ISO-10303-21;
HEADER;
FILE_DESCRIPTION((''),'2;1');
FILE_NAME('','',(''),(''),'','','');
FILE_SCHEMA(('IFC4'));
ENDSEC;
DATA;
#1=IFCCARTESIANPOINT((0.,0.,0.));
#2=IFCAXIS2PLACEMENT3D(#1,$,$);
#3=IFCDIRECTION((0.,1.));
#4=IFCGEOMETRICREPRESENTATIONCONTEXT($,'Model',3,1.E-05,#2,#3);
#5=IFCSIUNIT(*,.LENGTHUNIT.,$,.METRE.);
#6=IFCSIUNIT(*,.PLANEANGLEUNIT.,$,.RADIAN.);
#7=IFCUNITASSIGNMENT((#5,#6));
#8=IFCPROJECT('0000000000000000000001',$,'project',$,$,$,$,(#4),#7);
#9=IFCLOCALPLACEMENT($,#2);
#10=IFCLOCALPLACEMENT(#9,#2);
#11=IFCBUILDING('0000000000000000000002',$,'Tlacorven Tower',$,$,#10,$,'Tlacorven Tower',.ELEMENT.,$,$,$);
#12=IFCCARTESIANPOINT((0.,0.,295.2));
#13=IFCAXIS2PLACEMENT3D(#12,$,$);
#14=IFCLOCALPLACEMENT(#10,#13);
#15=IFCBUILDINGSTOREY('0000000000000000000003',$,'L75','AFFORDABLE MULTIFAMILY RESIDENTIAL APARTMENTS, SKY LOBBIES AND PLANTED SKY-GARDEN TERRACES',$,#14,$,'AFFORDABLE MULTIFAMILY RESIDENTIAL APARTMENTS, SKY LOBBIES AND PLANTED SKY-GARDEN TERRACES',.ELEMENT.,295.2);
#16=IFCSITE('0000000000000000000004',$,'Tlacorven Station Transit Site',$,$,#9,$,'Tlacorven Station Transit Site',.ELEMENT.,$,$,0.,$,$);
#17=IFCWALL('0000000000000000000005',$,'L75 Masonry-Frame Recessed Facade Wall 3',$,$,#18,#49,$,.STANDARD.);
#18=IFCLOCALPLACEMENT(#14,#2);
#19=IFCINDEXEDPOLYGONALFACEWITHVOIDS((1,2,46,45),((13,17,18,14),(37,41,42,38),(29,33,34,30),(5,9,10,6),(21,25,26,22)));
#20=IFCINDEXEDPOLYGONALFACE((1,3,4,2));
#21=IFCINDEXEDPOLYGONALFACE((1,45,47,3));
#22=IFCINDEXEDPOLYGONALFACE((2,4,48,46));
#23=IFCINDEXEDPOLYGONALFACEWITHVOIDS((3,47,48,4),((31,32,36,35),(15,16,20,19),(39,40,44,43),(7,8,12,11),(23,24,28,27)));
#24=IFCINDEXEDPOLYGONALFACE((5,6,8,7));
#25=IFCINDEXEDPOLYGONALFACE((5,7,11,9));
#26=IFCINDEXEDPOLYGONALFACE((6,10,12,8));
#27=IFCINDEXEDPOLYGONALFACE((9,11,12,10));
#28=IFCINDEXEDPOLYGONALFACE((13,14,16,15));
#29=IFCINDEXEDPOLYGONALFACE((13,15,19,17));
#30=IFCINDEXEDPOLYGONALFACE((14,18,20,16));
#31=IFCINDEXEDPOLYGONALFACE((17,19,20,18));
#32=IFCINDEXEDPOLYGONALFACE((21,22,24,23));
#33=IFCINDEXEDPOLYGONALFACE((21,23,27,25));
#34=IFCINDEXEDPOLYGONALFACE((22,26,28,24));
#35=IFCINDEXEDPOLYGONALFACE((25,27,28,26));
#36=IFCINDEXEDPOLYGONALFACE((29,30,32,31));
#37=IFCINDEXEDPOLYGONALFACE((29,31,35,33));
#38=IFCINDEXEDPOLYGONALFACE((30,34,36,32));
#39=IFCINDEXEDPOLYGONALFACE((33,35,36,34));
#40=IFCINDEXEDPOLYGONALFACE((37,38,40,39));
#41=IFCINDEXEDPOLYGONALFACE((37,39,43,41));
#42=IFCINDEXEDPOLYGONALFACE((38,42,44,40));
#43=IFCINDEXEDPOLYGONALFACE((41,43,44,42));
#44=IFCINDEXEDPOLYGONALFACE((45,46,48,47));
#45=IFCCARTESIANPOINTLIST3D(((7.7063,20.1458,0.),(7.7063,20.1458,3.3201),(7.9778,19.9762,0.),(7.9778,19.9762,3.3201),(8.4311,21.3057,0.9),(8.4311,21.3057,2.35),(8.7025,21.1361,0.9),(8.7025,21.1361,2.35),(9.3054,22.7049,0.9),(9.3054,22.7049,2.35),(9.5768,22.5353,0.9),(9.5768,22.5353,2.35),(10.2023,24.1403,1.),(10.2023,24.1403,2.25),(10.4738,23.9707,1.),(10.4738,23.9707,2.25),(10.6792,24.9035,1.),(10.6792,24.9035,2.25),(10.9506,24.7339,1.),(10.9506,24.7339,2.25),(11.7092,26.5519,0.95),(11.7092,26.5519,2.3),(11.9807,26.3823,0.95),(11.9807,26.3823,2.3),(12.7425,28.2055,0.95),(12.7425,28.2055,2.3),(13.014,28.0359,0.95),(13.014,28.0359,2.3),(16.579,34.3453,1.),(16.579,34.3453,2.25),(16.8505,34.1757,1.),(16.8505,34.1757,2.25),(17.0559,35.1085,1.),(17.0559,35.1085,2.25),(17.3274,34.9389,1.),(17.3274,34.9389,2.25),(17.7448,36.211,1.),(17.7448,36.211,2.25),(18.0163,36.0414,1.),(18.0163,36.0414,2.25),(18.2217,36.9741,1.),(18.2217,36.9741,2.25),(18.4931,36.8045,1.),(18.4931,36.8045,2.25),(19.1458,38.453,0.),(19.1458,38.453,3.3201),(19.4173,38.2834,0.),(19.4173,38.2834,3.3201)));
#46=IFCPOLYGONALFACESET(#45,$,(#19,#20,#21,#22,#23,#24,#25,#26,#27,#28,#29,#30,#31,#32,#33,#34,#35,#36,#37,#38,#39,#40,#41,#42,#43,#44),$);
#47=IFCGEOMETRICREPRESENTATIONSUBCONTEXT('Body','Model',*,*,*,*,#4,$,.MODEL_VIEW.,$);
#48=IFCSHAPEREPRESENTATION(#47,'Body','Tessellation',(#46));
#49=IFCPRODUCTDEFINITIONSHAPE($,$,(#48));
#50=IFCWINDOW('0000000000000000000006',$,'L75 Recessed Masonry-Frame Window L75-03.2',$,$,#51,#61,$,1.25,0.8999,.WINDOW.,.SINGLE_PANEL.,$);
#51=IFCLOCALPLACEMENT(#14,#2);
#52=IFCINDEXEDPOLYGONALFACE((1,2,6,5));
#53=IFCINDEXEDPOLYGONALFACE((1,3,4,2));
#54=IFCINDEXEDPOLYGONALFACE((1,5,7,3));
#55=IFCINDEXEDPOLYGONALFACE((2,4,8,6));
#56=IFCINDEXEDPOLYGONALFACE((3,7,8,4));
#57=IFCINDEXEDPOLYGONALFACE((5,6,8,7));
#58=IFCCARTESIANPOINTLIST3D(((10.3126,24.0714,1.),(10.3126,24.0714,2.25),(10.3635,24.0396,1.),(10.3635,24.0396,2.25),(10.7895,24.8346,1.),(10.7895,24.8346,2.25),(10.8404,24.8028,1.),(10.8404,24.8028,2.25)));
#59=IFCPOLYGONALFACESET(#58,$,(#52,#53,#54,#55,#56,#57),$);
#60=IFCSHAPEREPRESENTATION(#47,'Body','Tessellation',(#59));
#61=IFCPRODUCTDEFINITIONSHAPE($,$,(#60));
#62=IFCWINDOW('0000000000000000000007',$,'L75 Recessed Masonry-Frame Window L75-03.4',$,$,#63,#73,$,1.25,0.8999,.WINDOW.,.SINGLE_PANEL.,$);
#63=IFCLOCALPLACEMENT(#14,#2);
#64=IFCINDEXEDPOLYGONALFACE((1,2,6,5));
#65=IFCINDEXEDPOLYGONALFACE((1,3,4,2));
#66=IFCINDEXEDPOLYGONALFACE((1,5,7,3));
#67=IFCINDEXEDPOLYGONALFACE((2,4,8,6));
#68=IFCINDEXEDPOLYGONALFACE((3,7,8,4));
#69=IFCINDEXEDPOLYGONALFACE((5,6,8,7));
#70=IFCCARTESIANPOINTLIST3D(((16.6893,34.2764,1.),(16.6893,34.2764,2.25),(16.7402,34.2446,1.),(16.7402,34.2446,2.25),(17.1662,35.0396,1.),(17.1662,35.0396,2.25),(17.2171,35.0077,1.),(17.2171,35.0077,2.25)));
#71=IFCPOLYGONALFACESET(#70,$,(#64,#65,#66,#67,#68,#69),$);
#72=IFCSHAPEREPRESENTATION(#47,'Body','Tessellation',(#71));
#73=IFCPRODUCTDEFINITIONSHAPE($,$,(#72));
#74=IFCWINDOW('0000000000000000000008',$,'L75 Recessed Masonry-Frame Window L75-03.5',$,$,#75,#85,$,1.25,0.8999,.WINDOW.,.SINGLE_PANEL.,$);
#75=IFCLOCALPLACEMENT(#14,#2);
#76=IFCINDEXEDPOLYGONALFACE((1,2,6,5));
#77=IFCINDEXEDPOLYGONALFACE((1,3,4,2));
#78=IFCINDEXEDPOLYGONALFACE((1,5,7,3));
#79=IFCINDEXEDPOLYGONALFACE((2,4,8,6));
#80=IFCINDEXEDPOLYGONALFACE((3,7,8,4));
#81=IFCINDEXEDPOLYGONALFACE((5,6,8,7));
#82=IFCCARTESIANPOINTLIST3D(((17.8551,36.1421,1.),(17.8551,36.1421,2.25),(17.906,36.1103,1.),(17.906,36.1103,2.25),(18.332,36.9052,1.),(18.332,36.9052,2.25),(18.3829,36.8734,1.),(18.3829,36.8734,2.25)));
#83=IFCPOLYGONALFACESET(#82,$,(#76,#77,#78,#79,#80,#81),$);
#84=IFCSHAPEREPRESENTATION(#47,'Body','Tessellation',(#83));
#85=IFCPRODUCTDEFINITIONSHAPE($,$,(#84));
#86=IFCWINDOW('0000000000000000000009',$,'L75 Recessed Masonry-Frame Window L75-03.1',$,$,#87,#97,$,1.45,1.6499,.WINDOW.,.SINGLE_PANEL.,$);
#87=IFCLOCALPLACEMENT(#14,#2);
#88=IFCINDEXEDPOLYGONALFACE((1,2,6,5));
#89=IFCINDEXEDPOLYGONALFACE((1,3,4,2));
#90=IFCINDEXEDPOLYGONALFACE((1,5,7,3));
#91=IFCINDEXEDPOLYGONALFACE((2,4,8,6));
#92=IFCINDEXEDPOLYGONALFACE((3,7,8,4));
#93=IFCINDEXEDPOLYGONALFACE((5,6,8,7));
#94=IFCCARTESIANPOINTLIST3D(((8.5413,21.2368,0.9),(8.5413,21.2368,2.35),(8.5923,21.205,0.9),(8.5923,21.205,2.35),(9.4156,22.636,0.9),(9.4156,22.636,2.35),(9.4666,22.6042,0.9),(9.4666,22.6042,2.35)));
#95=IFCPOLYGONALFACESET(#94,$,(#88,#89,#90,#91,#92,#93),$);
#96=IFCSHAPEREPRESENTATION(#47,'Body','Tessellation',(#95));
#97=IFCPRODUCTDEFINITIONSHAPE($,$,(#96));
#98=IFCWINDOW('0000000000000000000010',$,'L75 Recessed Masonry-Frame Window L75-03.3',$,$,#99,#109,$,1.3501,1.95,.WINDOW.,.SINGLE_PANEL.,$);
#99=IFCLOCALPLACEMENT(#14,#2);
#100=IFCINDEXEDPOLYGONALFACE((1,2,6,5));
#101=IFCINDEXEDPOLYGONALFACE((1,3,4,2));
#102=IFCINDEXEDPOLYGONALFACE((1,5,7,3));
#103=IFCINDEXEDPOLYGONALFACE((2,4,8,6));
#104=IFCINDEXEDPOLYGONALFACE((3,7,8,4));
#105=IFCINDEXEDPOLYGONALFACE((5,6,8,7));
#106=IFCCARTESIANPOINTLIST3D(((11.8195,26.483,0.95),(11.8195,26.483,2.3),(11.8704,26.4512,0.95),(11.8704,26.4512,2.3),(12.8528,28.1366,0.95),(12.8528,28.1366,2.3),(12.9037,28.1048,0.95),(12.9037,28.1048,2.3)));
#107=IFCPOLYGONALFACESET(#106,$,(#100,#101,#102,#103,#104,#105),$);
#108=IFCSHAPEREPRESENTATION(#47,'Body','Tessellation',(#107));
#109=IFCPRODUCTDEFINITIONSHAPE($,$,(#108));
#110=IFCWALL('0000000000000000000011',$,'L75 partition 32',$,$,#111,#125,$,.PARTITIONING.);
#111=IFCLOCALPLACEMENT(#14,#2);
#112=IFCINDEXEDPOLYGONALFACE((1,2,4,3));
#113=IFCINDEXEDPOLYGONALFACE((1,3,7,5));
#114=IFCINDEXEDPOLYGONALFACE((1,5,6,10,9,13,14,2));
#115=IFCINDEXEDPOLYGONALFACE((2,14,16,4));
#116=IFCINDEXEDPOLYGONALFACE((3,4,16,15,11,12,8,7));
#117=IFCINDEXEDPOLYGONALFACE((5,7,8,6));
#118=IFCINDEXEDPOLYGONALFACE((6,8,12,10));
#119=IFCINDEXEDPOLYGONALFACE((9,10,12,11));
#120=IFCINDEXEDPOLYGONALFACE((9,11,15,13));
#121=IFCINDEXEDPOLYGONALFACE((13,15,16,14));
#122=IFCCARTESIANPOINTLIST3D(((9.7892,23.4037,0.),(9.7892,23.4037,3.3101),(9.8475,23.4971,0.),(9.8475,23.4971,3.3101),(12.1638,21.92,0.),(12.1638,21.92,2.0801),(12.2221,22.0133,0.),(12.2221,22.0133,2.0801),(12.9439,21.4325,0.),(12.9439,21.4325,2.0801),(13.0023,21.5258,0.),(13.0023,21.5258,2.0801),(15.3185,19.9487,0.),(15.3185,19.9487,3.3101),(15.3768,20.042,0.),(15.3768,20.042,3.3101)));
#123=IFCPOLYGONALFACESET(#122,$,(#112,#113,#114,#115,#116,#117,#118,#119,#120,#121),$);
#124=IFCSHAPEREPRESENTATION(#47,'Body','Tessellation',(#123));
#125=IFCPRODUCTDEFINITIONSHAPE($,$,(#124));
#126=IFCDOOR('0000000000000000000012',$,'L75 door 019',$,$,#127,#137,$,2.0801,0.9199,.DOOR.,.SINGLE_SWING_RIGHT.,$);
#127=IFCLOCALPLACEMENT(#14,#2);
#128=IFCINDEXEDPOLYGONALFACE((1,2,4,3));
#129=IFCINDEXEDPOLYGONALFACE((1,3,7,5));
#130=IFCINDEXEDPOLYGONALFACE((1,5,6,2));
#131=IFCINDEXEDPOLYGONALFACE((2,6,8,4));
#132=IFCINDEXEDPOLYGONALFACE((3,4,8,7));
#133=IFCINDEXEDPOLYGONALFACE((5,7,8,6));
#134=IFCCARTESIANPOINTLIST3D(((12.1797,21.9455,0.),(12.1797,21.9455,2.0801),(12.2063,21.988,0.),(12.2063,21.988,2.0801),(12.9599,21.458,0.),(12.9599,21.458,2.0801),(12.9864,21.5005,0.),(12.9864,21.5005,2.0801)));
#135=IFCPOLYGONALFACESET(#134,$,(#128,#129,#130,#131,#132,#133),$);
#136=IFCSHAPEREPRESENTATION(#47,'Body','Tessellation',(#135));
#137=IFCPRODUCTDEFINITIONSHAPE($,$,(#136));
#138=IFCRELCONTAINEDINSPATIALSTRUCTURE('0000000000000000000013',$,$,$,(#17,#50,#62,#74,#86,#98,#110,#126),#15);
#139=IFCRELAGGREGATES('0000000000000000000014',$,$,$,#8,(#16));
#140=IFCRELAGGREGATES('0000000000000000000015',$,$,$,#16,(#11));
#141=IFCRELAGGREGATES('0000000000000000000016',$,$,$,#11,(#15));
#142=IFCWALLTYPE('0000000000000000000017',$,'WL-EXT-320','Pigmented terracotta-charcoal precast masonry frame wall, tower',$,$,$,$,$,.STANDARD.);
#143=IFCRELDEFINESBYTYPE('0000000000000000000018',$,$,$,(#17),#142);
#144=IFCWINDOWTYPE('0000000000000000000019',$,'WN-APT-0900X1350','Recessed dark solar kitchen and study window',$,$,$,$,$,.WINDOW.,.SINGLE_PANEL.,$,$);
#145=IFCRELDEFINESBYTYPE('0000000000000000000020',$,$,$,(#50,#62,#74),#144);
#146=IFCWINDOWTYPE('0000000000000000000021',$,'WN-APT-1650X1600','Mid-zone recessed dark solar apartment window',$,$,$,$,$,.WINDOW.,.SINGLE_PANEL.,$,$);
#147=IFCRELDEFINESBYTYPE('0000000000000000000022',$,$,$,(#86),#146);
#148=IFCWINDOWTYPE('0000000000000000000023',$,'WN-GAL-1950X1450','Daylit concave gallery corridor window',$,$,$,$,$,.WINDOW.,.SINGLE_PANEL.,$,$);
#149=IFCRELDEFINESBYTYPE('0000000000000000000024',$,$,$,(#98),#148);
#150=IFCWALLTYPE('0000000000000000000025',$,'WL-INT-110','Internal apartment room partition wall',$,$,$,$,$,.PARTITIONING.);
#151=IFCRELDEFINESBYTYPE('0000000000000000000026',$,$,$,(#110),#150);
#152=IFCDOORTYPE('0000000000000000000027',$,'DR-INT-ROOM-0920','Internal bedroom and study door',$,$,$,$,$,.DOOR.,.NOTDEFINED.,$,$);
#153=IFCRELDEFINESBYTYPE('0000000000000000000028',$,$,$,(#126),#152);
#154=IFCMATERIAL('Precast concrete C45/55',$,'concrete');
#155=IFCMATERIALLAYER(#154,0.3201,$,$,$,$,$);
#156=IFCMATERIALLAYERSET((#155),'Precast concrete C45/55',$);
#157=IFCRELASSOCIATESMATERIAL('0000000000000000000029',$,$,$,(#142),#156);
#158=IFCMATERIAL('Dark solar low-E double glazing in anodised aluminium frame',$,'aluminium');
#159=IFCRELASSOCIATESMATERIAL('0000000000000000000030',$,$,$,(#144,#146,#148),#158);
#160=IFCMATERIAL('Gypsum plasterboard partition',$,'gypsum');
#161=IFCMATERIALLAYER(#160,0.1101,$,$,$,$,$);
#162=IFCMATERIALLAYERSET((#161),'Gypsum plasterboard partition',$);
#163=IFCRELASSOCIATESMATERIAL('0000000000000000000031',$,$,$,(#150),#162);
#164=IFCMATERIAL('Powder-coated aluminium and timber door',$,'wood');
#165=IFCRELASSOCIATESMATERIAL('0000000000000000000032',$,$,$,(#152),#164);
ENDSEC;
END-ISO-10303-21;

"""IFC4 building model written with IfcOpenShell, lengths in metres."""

from ifc_helpers import new_model, si_unit, direction, frame, frame_2d, origin, place, context, subcontext, project, spatial, rectangle, extrude, source, transform, mapped, material, layer, layer_set, type_object, element, fill, save


model = new_model("IFC4")

# Units and contexts
model_context = context("Model", 3, precision=1e-05, world=origin(), true_north=direction((0.0, 1.0)))
body_context = subcontext(model_context, "Body", "Model", "MODEL_VIEW")
ifc_project = project(units=[si_unit("LENGTHUNIT", "METRE"), si_unit("PLANEANGLEUNIT", "RADIAN")], contexts=[model_context])

# Site, building, storey
site_placement = place(None, origin())
site = spatial("IfcSite", under=ifc_project, at=site_placement, Name="Tlacorven Station Transit Site", LongName="Tlacorven Station Transit Site", CompositionType="ELEMENT", RefElevation=0.0)
building_placement = place(site_placement, origin())
building = spatial("IfcBuilding", under=site, at=building_placement, Name="Tlacorven Tower", LongName="Tlacorven Tower", CompositionType="ELEMENT")
storey_placement = place(building_placement, frame((0.0, 0.0, 295.2)))
storey = spatial("IfcBuildingStorey", under=building, at=storey_placement, Name="L75", Description="AFFORDABLE MULTIFAMILY RESIDENTIAL APARTMENTS, SKY LOBBIES AND PLANTED SKY-GARDEN TERRACES", LongName="AFFORDABLE MULTIFAMILY RESIDENTIAL APARTMENTS, SKY LOBBIES AND PLANTED SKY-GARDEN TERRACES", CompositionType="ELEMENT", Elevation=295.2)

# Wall, openings, windows
ifc_material_1 = material(Name="Precast concrete C45/55", Category="concrete")
ifc_layer_1 = layer(ifc_material_1, 0.3201)
ifc_layer_set_1 = layer_set([ifc_layer_1], Name="Precast concrete C45/55")
wall_type_1 = type_object("IfcWallType", Name="WL-EXT-320", Description="Pigmented terracotta-charcoal precast masonry frame wall, tower", PredefinedType="STANDARD", material=ifc_layer_set_1)
wall_1_placement = place(storey_placement, frame((7.842, 20.061, 0.0), z_axis=(0.0, 0.0, 1.0), x_axis=(0.529916, 0.84805, 0.0)))
wall_1 = element("IfcWall", 1, at=wall_1_placement, inside=storey, type_object=wall_type_1, Name="L75 Masonry-Frame Recessed Facade Wall 3", PredefinedType="STANDARD", context=body_context, shape_type="SweptSolid", body=[
    extrude(rectangle(XDim=21.5874, YDim=0.3201, at=frame_2d((10.7937, 0.0))), origin(), (0.0, 0.0, 1.0), 3.3201),
])
opening_1_placement = place(wall_1_placement, frame((1.3677, 0.0, 0.8999)))
opening_1 = element("IfcOpeningElement", 2, at=opening_1_placement, cuts=wall_1, PredefinedType="OPENING", context=body_context, shape_type="SweptSolid", body=[
    extrude(rectangle(XDim=1.6499, YDim=1.45, at=frame_2d((0.825, 0.7251))), frame((0.0, 0.1699, 0.0), z_axis=(0.0, -1.0, 0.0), x_axis=(1.0, 0.0, 0.0)), (0.0, 0.0, 1.0), 0.3401),
])
opening_2_placement = place(wall_1_placement, frame((4.7102, 0.0, 1.0)))
opening_2 = element("IfcOpeningElement", 3, at=opening_2_placement, cuts=wall_1, PredefinedType="OPENING", context=body_context, shape_type="SweptSolid", body=[
    extrude(rectangle(XDim=0.8999, YDim=1.25, at=frame_2d((0.45, 0.625))), frame((0.0, 0.1699, 0.0), z_axis=(0.0, -1.0, 0.0), x_axis=(1.0, 0.0, 0.0)), (0.0, 0.0, 1.0), 0.3401),
])
opening_3_placement = place(wall_1_placement, frame((7.5537, 0.0, 0.95)))
opening_3 = element("IfcOpeningElement", 4, at=opening_3_placement, cuts=wall_1, PredefinedType="OPENING", context=body_context, shape_type="SweptSolid", body=[
    extrude(rectangle(XDim=1.95, YDim=1.3501, at=frame_2d((0.9751, 0.675))), frame((0.0, 0.1699, 0.0), z_axis=(0.0, -1.0, 0.0), x_axis=(1.0, 0.0, 0.0)), (0.0, 0.0, 1.0), 0.3401),
])
opening_4_placement = place(wall_1_placement, frame((16.7437, 0.0, 1.0)))
opening_4 = element("IfcOpeningElement", 5, at=opening_4_placement, cuts=wall_1, PredefinedType="OPENING", context=body_context, shape_type="SweptSolid", body=[
    extrude(rectangle(XDim=0.8999, YDim=1.25, at=frame_2d((0.45, 0.625))), frame((0.0, 0.1699, 0.0), z_axis=(0.0, -1.0, 0.0), x_axis=(1.0, 0.0, 0.0)), (0.0, 0.0, 1.0), 0.3401),
])
opening_5_placement = place(wall_1_placement, frame((18.9436, 0.0, 1.0)))
opening_5 = element("IfcOpeningElement", 6, at=opening_5_placement, cuts=wall_1, PredefinedType="OPENING", context=body_context, shape_type="SweptSolid", body=[
    extrude(rectangle(XDim=0.8999, YDim=1.25, at=frame_2d((0.45, 0.625))), frame((0.0, 0.1699, 0.0), z_axis=(0.0, -1.0, 0.0), x_axis=(1.0, 0.0, 0.0)), (0.0, 0.0, 1.0), 0.3401),
])
ifc_material_2 = material(Name="Dark solar low-E double glazing in anodised aluminium frame", Category="aluminium")
window_type_1 = type_object("IfcWindowType", Name="WN-APT-0900X1350", Description="Recessed dark solar kitchen and study window", PartitioningType="SINGLE_PANEL", PredefinedType="WINDOW", material=ifc_material_2)
shared_shape_1 = source(origin(), body_context, "Body", "SweptSolid", [
    extrude(rectangle(XDim=0.8999, YDim=1.25, at=frame_2d((0.45, 0.625))), frame((0.0, 0.03, 0.0), z_axis=(0.0, -1.0, 0.0), x_axis=(1.0, 0.0, 0.0)), (0.0, 0.0, 1.0), 0.0601),
])
window_1_placement = place(opening_2_placement, origin())
window_1 = element("IfcWindow", 7, at=window_1_placement, inside=storey, type_object=window_type_1, Name="L75 Recessed Masonry-Frame Window L75-03.2", OverallHeight=1.25, OverallWidth=0.8999, PartitioningType="SINGLE_PANEL", PredefinedType="WINDOW", context=body_context, shape_type="MappedRepresentation", body=[
    mapped(shared_shape_1, transform((0.0, 0.0, 0.0), scale=1.0)),
])
fill(opening_2, window_1)
window_2_placement = place(opening_4_placement, origin())
window_2 = element("IfcWindow", 8, at=window_2_placement, inside=storey, type_object=window_type_1, Name="L75 Recessed Masonry-Frame Window L75-03.4", OverallHeight=1.25, OverallWidth=0.8999, PartitioningType="SINGLE_PANEL", PredefinedType="WINDOW", context=body_context, shape_type="MappedRepresentation", body=[
    mapped(shared_shape_1, transform((0.0, 0.0, 0.0), scale=1.0)),
])
fill(opening_4, window_2)
window_3_placement = place(opening_5_placement, origin())
window_3 = element("IfcWindow", 9, at=window_3_placement, inside=storey, type_object=window_type_1, Name="L75 Recessed Masonry-Frame Window L75-03.5", OverallHeight=1.25, OverallWidth=0.8999, PartitioningType="SINGLE_PANEL", PredefinedType="WINDOW", context=body_context, shape_type="MappedRepresentation", body=[
    mapped(shared_shape_1, transform((0.0, 0.0, 0.0), scale=1.0)),
])
fill(opening_5, window_3)
window_type_2 = type_object("IfcWindowType", Name="WN-APT-1650X1600", Description="Mid-zone recessed dark solar apartment window", PartitioningType="SINGLE_PANEL", PredefinedType="WINDOW", material=ifc_material_2)
shared_shape_2 = source(origin(), body_context, "Body", "SweptSolid", [
    extrude(rectangle(XDim=1.6499, YDim=1.45, at=frame_2d((0.825, 0.7251))), frame((0.0, 0.03, 0.0), z_axis=(0.0, -1.0, 0.0), x_axis=(1.0, 0.0, 0.0)), (0.0, 0.0, 1.0), 0.0601),
])
window_4_placement = place(opening_1_placement, origin())
window_4 = element("IfcWindow", 10, at=window_4_placement, inside=storey, type_object=window_type_2, Name="L75 Recessed Masonry-Frame Window L75-03.1", OverallHeight=1.45, OverallWidth=1.6499, PartitioningType="SINGLE_PANEL", PredefinedType="WINDOW", context=body_context, shape_type="MappedRepresentation", body=[
    mapped(shared_shape_2, transform((0.0, 0.0, 0.0), scale=1.0)),
])
fill(opening_1, window_4)
window_type_3 = type_object("IfcWindowType", Name="WN-GAL-1950X1450", Description="Daylit concave gallery corridor window", PartitioningType="SINGLE_PANEL", PredefinedType="WINDOW", material=ifc_material_2)
shared_shape_3 = source(origin(), body_context, "Body", "SweptSolid", [
    extrude(rectangle(XDim=1.95, YDim=1.3501, at=frame_2d((0.9751, 0.675))), frame((0.0, 0.03, 0.0), z_axis=(0.0, -1.0, 0.0), x_axis=(1.0, 0.0, 0.0)), (0.0, 0.0, 1.0), 0.0601),
])
window_5_placement = place(opening_3_placement, origin())
window_5 = element("IfcWindow", 11, at=window_5_placement, inside=storey, type_object=window_type_3, Name="L75 Recessed Masonry-Frame Window L75-03.3", OverallHeight=1.3501, OverallWidth=1.95, PartitioningType="SINGLE_PANEL", PredefinedType="WINDOW", context=body_context, shape_type="MappedRepresentation", body=[
    mapped(shared_shape_3, transform((0.0, 0.0, 0.0), scale=1.0)),
])
fill(opening_3, window_5)

# Wall, opening, door
ifc_material_3 = material(Name="Gypsum plasterboard partition", Category="gypsum")
ifc_layer_2 = layer(ifc_material_3, 0.1101)
ifc_layer_set_2 = layer_set([ifc_layer_2], Name="Gypsum plasterboard partition")
wall_type_2 = type_object("IfcWallType", Name="WL-INT-110", Description="Internal apartment room partition wall", PredefinedType="PARTITIONING", material=ifc_layer_set_2)
wall_2_placement = place(storey_placement, frame((15.3477, 19.9954, 0.0), z_axis=(0.0, 0.0, 1.0), x_axis=(-0.848049, 0.529918, 0.0)))
wall_2 = element("IfcWall", 12, at=wall_2_placement, inside=storey, type_object=wall_type_2, Name="L75 partition 32", PredefinedType="PARTITIONING", context=body_context, shape_type="SweptSolid", body=[
    extrude(rectangle(XDim=6.52, YDim=0.1101, at=frame_2d((3.26, 0.0))), origin(), (0.0, 0.0, 1.0), 3.3101),
])
opening_6_placement = place(wall_2_placement, frame((2.8, 0.0, 0.0)))
opening_6 = element("IfcOpeningElement", 13, at=opening_6_placement, cuts=wall_2, PredefinedType="OPENING", context=body_context, shape_type="SweptSolid", body=[
    extrude(rectangle(XDim=0.9199, YDim=2.0801, at=frame_2d((0.46, 1.04))), frame((0.0, 0.0649, 0.0), z_axis=(0.0, -1.0, 0.0), x_axis=(1.0, 0.0, 0.0)), (0.0, 0.0, 1.0), 0.1301),
])
ifc_material_4 = material(Name="Powder-coated aluminium and timber door", Category="wood")
door_type = type_object("IfcDoorType", Name="DR-INT-ROOM-0920", Description="Internal bedroom and study door", OperationType="NOTDEFINED", PredefinedType="DOOR", material=ifc_material_4)
shared_shape_4 = source(origin(), body_context, "Body", "SweptSolid", [
    extrude(rectangle(XDim=0.9199, YDim=2.0801, at=frame_2d((0.46, 1.04))), frame((0.0, 0.0249, 0.0), z_axis=(0.0, -1.0, 0.0), x_axis=(1.0, 0.0, 0.0)), (0.0, 0.0, 1.0), 0.05),
])
door_placement = place(opening_6_placement, origin())
door = element("IfcDoor", 14, at=door_placement, inside=storey, type_object=door_type, Name="L75 door 019", OperationType="SINGLE_SWING_RIGHT", OverallHeight=2.0801, OverallWidth=0.9199, PredefinedType="DOOR", context=body_context, shape_type="MappedRepresentation", body=[
    mapped(shared_shape_4, transform((0.0, 0.0, 0.0), scale=1.0)),
])
fill(opening_6, door)

save(model, "model.ifc")
